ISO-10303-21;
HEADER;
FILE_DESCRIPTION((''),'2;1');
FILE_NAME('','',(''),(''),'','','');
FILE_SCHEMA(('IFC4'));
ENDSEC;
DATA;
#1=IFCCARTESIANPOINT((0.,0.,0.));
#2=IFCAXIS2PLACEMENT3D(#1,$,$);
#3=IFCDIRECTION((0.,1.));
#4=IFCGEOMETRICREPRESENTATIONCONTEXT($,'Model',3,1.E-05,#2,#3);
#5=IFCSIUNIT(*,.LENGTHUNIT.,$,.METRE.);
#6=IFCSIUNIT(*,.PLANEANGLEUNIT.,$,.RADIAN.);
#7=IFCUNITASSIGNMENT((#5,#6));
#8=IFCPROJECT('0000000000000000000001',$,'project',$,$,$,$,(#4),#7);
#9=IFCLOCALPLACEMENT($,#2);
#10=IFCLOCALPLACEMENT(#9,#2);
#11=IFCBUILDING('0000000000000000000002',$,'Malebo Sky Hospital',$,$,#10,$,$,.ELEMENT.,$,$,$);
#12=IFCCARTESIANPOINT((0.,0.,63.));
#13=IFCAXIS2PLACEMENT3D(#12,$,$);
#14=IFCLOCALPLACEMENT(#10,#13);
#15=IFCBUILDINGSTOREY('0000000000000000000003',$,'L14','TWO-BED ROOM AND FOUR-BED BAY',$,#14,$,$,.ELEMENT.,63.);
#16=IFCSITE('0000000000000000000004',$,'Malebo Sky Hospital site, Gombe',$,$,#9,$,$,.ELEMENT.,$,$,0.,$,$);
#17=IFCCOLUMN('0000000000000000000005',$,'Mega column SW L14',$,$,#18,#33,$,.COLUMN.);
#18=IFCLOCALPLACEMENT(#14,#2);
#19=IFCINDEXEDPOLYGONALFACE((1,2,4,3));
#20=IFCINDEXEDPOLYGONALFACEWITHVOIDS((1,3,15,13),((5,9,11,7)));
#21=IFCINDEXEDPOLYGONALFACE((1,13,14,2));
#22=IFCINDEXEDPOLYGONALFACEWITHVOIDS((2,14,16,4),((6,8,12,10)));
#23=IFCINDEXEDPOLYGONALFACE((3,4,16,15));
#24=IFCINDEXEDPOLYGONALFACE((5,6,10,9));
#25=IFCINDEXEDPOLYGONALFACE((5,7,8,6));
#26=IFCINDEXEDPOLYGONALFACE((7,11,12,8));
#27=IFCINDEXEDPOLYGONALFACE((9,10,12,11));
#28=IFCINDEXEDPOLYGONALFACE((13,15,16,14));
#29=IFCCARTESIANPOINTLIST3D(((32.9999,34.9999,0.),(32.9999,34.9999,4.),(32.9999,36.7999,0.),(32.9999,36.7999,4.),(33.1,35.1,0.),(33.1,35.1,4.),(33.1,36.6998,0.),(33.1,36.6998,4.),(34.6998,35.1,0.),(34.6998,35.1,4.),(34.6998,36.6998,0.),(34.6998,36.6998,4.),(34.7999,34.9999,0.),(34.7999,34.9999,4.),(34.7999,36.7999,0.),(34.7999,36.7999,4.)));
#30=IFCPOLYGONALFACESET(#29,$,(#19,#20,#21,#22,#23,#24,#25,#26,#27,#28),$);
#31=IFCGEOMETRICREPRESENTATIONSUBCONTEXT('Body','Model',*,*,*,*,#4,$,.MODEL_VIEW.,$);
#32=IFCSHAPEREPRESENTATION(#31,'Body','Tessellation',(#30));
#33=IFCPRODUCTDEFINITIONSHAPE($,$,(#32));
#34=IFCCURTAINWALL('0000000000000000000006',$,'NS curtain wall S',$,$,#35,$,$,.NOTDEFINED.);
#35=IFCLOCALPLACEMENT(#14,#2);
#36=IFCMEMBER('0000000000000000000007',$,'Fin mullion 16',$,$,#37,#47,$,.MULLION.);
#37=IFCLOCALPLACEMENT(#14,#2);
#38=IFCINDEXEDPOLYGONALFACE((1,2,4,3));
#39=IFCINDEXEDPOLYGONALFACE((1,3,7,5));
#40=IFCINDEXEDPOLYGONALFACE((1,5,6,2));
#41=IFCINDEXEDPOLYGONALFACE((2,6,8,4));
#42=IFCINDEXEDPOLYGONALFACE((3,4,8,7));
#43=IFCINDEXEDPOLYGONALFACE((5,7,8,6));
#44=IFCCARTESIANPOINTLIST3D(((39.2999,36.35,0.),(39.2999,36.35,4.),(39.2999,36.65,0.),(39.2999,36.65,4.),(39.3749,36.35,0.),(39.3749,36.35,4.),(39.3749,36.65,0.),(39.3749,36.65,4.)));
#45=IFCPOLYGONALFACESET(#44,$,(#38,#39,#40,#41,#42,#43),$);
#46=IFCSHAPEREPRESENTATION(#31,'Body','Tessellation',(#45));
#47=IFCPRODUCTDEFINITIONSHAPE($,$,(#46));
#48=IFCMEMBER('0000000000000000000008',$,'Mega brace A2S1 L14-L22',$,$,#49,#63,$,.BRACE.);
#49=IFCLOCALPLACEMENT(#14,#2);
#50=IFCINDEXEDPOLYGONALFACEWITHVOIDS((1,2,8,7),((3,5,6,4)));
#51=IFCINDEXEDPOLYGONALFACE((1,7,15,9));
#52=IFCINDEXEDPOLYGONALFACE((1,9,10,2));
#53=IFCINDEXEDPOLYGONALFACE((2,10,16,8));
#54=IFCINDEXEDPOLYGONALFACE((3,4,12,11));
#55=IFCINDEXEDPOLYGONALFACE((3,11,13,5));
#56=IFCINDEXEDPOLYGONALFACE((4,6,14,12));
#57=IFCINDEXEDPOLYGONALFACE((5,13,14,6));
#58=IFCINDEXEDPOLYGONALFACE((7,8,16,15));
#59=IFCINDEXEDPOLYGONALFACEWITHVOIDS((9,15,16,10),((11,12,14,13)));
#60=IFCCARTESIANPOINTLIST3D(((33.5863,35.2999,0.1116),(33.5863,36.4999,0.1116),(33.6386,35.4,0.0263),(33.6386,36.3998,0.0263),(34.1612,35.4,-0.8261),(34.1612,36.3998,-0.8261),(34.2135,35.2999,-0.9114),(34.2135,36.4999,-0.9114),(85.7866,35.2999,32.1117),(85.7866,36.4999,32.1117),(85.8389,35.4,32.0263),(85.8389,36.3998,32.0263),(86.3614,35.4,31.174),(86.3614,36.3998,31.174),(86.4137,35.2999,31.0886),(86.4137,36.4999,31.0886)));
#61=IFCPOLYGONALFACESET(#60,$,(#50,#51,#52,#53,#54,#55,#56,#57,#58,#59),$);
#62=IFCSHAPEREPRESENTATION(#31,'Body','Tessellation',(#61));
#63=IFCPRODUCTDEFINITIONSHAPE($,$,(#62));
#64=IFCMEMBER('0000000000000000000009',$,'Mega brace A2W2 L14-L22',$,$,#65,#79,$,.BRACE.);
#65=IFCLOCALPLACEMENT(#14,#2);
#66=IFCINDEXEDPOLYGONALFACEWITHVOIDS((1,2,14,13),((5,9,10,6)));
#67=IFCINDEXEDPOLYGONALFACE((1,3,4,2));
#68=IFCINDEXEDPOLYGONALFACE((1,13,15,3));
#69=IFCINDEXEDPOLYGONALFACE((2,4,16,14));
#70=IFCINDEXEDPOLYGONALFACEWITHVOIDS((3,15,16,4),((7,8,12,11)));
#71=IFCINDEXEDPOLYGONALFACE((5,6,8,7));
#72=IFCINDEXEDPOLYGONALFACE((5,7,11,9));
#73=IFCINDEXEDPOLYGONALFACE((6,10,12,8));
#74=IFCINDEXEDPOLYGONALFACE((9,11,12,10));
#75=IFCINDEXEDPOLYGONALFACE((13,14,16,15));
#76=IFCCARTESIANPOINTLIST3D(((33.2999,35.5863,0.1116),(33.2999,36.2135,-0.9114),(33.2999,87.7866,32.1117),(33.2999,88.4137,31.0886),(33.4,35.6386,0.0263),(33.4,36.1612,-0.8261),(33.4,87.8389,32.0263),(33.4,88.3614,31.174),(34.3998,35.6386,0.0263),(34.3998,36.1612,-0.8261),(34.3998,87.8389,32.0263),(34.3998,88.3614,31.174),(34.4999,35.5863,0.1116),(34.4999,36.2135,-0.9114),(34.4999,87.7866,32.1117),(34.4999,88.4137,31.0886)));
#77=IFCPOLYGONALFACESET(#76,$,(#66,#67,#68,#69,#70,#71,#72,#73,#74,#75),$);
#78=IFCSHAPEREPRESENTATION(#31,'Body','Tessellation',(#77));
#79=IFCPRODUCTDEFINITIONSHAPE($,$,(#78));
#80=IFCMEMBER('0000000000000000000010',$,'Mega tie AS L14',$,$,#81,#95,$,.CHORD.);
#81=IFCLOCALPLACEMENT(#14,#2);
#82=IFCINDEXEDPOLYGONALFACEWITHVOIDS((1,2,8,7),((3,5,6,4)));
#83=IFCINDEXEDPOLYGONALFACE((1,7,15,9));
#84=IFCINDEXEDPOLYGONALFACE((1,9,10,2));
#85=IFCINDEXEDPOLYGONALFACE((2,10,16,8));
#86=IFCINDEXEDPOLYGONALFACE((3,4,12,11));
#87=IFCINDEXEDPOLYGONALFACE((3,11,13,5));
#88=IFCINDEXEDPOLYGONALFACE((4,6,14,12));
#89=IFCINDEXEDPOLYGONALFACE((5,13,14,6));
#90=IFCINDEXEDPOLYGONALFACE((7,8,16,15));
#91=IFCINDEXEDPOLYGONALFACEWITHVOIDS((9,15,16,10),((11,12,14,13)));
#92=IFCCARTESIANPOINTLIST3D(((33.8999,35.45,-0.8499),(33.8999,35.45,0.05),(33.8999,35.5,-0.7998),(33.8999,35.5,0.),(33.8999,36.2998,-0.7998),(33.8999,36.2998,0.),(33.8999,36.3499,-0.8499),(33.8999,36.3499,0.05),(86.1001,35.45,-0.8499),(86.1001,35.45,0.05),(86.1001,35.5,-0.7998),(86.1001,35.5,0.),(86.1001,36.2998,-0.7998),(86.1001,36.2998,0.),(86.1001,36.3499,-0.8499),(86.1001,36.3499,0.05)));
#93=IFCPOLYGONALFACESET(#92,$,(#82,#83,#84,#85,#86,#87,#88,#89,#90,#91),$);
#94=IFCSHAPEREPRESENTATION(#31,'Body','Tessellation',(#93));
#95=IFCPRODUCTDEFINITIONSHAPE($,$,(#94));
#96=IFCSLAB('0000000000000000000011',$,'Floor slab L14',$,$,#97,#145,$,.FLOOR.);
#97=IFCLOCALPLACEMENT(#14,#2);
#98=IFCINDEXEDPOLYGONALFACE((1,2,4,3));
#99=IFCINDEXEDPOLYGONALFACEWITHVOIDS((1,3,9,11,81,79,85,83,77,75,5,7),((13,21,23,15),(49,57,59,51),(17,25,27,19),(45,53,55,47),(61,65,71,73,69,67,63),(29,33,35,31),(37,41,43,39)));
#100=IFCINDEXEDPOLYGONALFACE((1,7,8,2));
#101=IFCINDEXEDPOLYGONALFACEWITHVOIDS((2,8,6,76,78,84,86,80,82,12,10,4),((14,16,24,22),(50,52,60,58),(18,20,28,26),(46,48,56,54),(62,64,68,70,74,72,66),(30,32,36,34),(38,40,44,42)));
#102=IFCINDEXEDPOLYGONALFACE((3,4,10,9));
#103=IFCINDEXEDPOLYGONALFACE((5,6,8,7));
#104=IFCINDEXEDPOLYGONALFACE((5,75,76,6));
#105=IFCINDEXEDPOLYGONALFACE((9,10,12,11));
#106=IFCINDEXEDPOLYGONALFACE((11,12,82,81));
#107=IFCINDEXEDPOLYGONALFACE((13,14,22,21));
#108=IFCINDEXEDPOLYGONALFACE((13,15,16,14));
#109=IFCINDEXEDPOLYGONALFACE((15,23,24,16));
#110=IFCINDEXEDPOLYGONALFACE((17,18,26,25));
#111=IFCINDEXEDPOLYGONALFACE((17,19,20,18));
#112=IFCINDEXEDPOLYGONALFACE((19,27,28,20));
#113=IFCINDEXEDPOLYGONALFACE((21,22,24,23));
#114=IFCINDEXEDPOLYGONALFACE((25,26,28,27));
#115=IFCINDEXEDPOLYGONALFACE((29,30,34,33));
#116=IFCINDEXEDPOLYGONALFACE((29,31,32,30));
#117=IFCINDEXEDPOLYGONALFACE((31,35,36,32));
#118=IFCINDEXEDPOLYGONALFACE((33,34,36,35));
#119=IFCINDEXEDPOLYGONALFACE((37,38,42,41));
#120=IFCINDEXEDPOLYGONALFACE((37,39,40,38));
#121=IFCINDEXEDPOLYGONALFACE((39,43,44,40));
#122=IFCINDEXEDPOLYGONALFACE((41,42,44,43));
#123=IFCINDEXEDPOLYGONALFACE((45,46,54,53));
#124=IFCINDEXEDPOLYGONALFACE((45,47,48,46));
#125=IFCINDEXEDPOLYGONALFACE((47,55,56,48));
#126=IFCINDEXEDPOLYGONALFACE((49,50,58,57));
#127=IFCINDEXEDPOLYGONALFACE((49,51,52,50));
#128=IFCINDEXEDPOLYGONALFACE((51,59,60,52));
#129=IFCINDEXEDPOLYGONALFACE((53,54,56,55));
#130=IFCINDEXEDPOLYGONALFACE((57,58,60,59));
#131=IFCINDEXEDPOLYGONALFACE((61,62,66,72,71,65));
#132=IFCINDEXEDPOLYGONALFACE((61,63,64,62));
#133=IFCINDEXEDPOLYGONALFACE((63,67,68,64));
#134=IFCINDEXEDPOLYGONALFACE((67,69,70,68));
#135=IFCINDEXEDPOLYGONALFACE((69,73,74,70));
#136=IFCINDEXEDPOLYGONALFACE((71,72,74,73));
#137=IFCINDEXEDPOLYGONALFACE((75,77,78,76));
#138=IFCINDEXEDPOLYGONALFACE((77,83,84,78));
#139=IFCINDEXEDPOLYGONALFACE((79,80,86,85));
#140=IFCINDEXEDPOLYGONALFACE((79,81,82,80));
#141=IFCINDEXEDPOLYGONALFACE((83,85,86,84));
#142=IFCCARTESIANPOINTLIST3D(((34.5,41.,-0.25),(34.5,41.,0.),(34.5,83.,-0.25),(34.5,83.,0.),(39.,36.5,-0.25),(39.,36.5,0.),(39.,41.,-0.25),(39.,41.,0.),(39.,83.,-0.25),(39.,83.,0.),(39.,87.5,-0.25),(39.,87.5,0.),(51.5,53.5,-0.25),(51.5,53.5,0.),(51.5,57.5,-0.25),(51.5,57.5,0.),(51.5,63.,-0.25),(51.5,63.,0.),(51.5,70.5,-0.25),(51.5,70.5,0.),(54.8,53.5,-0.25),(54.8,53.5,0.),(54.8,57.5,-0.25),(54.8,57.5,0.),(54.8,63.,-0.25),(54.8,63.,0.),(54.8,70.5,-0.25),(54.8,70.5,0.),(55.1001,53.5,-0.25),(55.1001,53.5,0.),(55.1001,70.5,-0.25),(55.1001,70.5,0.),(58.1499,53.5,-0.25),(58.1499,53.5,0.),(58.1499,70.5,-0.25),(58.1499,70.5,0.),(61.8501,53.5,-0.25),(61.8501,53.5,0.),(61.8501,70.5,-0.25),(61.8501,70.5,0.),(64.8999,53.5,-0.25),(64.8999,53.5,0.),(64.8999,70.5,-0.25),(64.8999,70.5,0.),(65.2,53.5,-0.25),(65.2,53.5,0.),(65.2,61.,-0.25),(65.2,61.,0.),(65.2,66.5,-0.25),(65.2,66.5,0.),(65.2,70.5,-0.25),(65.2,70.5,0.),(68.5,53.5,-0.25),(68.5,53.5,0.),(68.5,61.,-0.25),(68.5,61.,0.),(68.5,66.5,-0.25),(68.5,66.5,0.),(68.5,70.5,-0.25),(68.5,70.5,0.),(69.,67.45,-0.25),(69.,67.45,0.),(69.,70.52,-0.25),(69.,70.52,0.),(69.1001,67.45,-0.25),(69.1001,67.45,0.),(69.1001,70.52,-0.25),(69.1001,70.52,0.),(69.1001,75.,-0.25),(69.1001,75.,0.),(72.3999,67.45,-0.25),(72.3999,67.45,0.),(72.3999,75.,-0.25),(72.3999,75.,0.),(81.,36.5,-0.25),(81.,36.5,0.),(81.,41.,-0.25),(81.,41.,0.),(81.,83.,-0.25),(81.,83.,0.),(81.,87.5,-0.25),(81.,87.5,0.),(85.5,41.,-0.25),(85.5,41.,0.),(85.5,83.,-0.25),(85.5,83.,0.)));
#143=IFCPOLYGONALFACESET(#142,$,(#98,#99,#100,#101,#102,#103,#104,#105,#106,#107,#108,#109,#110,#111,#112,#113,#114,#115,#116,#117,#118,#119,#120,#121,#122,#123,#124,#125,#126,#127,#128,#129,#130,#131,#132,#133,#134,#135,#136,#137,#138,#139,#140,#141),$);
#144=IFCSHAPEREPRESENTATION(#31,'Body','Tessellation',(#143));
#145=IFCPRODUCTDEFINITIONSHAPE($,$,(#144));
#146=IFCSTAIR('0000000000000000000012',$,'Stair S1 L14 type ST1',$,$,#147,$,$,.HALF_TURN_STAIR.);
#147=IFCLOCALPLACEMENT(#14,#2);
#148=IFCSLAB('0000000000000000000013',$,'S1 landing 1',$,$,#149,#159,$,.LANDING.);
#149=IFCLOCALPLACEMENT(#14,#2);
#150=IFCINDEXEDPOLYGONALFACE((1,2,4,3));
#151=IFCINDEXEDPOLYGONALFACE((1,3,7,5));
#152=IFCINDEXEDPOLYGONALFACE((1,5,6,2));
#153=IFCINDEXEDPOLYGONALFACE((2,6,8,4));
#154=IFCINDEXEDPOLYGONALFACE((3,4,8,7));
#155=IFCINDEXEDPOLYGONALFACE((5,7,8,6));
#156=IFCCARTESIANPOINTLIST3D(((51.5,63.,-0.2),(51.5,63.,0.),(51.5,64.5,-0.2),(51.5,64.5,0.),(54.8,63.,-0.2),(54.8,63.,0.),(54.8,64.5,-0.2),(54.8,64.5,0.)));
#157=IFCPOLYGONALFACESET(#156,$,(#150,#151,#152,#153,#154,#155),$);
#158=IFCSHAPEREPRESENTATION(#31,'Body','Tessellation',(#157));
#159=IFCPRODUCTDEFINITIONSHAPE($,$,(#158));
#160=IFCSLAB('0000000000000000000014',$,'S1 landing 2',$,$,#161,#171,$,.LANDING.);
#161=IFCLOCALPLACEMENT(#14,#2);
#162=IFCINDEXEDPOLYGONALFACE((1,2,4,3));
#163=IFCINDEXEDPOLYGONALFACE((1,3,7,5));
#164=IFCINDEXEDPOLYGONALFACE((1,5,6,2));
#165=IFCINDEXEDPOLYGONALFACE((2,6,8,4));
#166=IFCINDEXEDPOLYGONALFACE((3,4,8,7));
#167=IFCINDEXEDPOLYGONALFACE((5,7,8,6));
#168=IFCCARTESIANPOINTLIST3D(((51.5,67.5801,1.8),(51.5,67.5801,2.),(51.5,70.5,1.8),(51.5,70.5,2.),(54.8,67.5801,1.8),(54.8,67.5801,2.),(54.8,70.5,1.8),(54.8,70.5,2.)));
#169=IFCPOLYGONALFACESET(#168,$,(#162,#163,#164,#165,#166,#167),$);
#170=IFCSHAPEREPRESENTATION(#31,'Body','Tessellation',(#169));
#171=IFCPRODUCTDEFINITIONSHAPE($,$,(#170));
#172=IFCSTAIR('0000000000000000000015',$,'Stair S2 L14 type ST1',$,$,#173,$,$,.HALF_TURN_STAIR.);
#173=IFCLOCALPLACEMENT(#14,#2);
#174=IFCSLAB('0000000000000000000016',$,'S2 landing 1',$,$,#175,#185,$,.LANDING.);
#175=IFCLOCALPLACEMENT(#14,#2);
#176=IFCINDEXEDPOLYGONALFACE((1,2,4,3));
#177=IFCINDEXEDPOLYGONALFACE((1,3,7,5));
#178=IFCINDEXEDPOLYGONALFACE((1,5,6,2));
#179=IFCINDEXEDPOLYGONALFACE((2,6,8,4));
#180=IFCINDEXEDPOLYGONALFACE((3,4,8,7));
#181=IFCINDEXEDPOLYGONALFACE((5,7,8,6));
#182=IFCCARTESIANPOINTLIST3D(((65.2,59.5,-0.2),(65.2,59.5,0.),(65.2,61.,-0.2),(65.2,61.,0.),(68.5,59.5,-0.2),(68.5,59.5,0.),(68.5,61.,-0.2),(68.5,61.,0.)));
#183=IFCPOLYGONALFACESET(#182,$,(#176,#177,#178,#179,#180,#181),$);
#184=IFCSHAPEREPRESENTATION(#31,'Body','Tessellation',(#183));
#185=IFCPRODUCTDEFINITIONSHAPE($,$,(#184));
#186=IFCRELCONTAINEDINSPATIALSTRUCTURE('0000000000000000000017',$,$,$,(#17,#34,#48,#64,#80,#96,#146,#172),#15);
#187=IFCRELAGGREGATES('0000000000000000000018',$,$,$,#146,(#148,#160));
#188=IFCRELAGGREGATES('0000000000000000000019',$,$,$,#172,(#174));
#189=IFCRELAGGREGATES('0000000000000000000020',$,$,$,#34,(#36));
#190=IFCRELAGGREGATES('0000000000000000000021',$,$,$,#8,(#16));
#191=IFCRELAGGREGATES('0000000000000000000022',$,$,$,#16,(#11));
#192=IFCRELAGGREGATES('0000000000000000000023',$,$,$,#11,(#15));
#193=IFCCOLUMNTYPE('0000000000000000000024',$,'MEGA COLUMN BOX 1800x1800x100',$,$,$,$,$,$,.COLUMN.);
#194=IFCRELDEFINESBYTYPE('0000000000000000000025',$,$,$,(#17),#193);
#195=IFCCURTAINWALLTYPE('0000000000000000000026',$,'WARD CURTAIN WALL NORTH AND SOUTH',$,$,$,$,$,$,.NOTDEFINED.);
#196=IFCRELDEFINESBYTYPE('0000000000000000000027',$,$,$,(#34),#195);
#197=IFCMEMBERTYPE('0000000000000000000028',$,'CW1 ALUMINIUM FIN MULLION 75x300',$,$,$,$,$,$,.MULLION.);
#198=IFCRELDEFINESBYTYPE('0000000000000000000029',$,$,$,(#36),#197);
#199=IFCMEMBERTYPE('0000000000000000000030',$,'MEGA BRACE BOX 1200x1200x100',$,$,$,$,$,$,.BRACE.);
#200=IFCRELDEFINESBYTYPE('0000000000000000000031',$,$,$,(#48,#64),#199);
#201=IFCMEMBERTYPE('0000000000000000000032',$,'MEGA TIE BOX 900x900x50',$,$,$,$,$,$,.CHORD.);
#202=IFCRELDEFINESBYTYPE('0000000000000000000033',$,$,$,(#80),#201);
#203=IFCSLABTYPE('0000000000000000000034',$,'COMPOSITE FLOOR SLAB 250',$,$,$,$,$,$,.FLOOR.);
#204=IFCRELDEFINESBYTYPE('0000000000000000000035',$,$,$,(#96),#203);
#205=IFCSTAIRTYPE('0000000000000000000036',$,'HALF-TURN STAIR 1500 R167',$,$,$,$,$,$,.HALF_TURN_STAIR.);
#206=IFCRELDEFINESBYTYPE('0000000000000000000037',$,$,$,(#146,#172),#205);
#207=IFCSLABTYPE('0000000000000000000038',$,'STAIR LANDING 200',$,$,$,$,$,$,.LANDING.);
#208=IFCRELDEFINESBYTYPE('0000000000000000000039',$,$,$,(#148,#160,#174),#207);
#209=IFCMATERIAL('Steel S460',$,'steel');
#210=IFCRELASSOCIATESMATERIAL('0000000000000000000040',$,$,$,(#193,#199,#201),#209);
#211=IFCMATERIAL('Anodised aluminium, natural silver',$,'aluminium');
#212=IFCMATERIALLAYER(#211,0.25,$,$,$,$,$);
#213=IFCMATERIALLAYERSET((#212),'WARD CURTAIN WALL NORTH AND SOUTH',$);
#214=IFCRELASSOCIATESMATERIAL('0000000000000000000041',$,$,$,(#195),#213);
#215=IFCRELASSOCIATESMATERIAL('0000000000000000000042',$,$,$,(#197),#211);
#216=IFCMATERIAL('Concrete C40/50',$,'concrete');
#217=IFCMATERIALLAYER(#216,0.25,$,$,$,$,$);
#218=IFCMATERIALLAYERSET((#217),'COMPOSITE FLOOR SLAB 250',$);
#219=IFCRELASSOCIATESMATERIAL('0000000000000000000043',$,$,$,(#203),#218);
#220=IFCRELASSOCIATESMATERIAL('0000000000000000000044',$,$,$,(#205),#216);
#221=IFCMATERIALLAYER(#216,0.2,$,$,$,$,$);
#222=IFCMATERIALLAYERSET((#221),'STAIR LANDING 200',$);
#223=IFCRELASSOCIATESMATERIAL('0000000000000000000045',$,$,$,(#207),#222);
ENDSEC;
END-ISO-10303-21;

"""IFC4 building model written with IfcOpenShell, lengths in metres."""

from ifc_helpers import new_model, si_unit, direction, frame, origin, origin_2d, place, context, subcontext, project, spatial, polyline, rectangle, hollow_rectangle, outline, extrude, material, layer, layer_set, material_profile, profile_set, type_object, element, aggregate, save


model = new_model("IFC4")

# Units and contexts
model_context = context("Model", 3, precision=1e-05, world=origin(), true_north=direction((0.0, 1.0)))
body_context = subcontext(model_context, "Body", "Model", "MODEL_VIEW")
ifc_project = project(units=[si_unit("LENGTHUNIT", "METRE"), si_unit("PLANEANGLEUNIT", "RADIAN")], contexts=[model_context])

# Site, building, storey
site_placement = place(None, origin())
site = spatial("IfcSite", under=ifc_project, at=site_placement, Name="Malebo Sky Hospital site, Gombe", CompositionType="ELEMENT", RefElevation=0.0)
building_placement = place(site_placement, origin())
building = spatial("IfcBuilding", under=site, at=building_placement, Name="Malebo Sky Hospital", CompositionType="ELEMENT")
storey_placement = place(building_placement, frame((0.0, 0.0, 63.0)))
storey = spatial("IfcBuildingStorey", under=building, at=storey_placement, Name="L14", Description="TWO-BED ROOM AND FOUR-BED BAY", CompositionType="ELEMENT", Elevation=63.0)

# Column
ifc_material_1 = material(Name="Steel S460", Category="steel")
ifc_material_profile_1 = material_profile(ifc_material_1, hollow_rectangle(XDim=1.8, YDim=1.8, WallThickness=0.1001, at=origin_2d()), Name="BOX 1800x1800x100")
ifc_profile_set_1 = profile_set([ifc_material_profile_1], Name="Steel S460")
column_type = type_object("IfcColumnType", Name="MEGA COLUMN BOX 1800x1800x100", PredefinedType="COLUMN", material=ifc_profile_set_1)
column_placement = place(storey_placement, frame((33.8999, 35.8999, 0.0), z_axis=(0.0, 0.0, 1.0), x_axis=(1.0, 0.0, 0.0)))
element("IfcColumn", 1, at=column_placement, inside=storey, type_object=column_type, Name="Mega column SW L14", PredefinedType="COLUMN", context=body_context, shape_type="SweptSolid", body=[
    extrude(hollow_rectangle(XDim=1.8, YDim=1.8, WallThickness=0.1001, at=origin_2d()), origin(), (0.0, 0.0, 1.0), 4.0),
])

# Curtain wall, member
ifc_material_2 = material(Name="Anodised aluminium, natural silver", Category="aluminium")
ifc_layer_1 = layer(ifc_material_2, 0.25)
ifc_layer_set_1 = layer_set([ifc_layer_1], Name="WARD CURTAIN WALL NORTH AND SOUTH")
curtain_wall_type = type_object("IfcCurtainWallType", Name="WARD CURTAIN WALL NORTH AND SOUTH", PredefinedType="NOTDEFINED", material=ifc_layer_set_1)
curtain_wall_placement = place(storey_placement, origin())
curtain_wall = element("IfcCurtainWall", 2, at=curtain_wall_placement, inside=storey, type_object=curtain_wall_type, Name="NS curtain wall S", PredefinedType="NOTDEFINED")
ifc_material_profile_2 = material_profile(ifc_material_2, rectangle(XDim=0.075, YDim=0.3, at=origin_2d()), Name="CW1 ALUMINIUM FIN MULLION 75x300")
ifc_profile_set_2 = profile_set([ifc_material_profile_2], Name="Anodised aluminium, natural silver")
member_type_1 = type_object("IfcMemberType", Name="CW1 ALUMINIUM FIN MULLION 75x300", PredefinedType="MULLION", material=ifc_profile_set_2)
member_1_placement = place(storey_placement, frame((39.3374, 36.5, 0.0), z_axis=(0.0, 0.0, 1.0), x_axis=(-1.0, 0.0, 0.0)))
member_1 = element("IfcMember", 3, at=member_1_placement, type_object=member_type_1, Name="Fin mullion 16", PredefinedType="MULLION", context=body_context, shape_type="SweptSolid", body=[
    extrude(rectangle(XDim=0.075, YDim=0.3, at=origin_2d()), origin(), (0.0, 0.0, 1.0), 4.0),
])

# Members
ifc_material_profile_3 = material_profile(ifc_material_1, hollow_rectangle(XDim=1.2, YDim=1.2, WallThickness=0.1001, at=origin_2d()), Name="BOX 1200x1200x100")
ifc_profile_set_3 = profile_set([ifc_material_profile_3], Name="Steel S460")
member_type_2 = type_object("IfcMemberType", Name="MEGA BRACE BOX 1200x1200x100", PredefinedType="BRACE", material=ifc_profile_set_3)
for number, where, z_axis, x_axis, name in (
    (4, (33.8999, 35.8999, -0.3999), (0.852555, 0.0, 0.522637), (0.0, 1.0, 0.0), "Mega brace A2S1 L14-L22"),
    (5, (33.8999, 35.8999, -0.3999), (0.0, 0.852555, 0.522637), (-1.0, 0.0, 0.0), "Mega brace A2W2 L14-L22"),
):
    element("IfcMember", number, at=place(storey_placement, frame(where, z_axis=z_axis, x_axis=x_axis)), inside=storey, type_object=member_type_2, Name=name, PredefinedType="BRACE", context=body_context, shape_type="SweptSolid", body=[
        extrude(hollow_rectangle(XDim=1.2, YDim=1.2, WallThickness=0.1001, at=origin_2d()), origin(), (0.0, 0.0, 1.0), 61.228),
    ])
ifc_material_profile_4 = material_profile(ifc_material_1, hollow_rectangle(XDim=0.8999, YDim=0.8999, WallThickness=0.05, at=origin_2d()), Name="BOX 900x900x50")
ifc_profile_set_4 = profile_set([ifc_material_profile_4], Name="Steel S460")
member_type_3 = type_object("IfcMemberType", Name="MEGA TIE BOX 900x900x50", PredefinedType="CHORD", material=ifc_profile_set_4)
member_2_placement = place(storey_placement, frame((33.8999, 35.8999, -0.3999), z_axis=(1.0, 0.0, 0.0), x_axis=(0.0, 1.0, 0.0)))
element("IfcMember", 6, at=member_2_placement, inside=storey, type_object=member_type_3, Name="Mega tie AS L14", PredefinedType="CHORD", context=body_context, shape_type="SweptSolid", body=[
    extrude(hollow_rectangle(XDim=0.8999, YDim=0.8999, WallThickness=0.05, at=origin_2d()), origin(), (0.0, 0.0, 1.0), 52.2002),
])

# Slab
ifc_material_3 = material(Name="Concrete C40/50", Category="concrete")
ifc_layer_2 = layer(ifc_material_3, 0.25)
ifc_layer_set_2 = layer_set([ifc_layer_2], Name="COMPOSITE FLOOR SLAB 250")
slab_type_1 = type_object("IfcSlabType", Name="COMPOSITE FLOOR SLAB 250", PredefinedType="FLOOR", material=ifc_layer_set_2)
slab_1_placement = place(storey_placement, frame((0.0, 0.0, -0.25)))
element("IfcSlab", 7, at=slab_1_placement, inside=storey, type_object=slab_type_1, Name="Floor slab L14", PredefinedType="FLOOR", context=body_context, shape_type="SweptSolid", body=[
    extrude(outline(polyline([(39.0, 87.5), (39.0, 83.0), (34.5, 83.0), (34.5, 41.0), (39.0, 41.0), (39.0, 36.5), (81.0, 36.5), (81.0, 41.0), (85.5, 41.0), (85.5, 83.0), (81.0, 83.0), (81.0, 87.5), (39.0, 87.5)]), holes=[polyline([(55.1001, 70.5), (58.1499, 70.5), (58.1499, 53.5), (55.1001, 53.5), (55.1001, 70.5)]), polyline([(64.8999, 70.5), (64.8999, 53.5), (61.8501, 53.5), (61.8501, 70.5), (64.8999, 70.5)]), polyline([(54.8, 63.0), (51.5, 63.0), (51.5, 70.5), (54.8, 70.5), (54.8, 63.0)]), polyline([(51.5, 53.5), (51.5, 57.5), (54.8, 57.5), (54.8, 53.5), (51.5, 53.5)]), polyline([(65.2, 61.0), (68.5, 61.0), (68.5, 53.5), (65.2, 53.5), (65.2, 61.0)]), polyline([(68.5, 70.5), (68.5, 66.5), (65.2, 66.5), (65.2, 70.5), (68.5, 70.5)]), polyline([(69.0, 67.45), (69.0, 70.52), (69.1001, 70.52), (69.1001, 75.0), (72.3999, 75.0), (72.3999, 67.45), (69.1001, 67.45), (69.0, 67.45)])]), origin(), (0.0, 0.0, 1.0), 0.25),
])

# Stairs, slabs
stair_type_1 = type_object("IfcStairType", Name="HALF-TURN STAIR 1500 R167", PredefinedType="HALF_TURN_STAIR", material=ifc_material_3)
stair_1_placement = place(storey_placement, origin())
stair_1 = element("IfcStair", 8, at=stair_1_placement, inside=storey, type_object=stair_type_1, Name="Stair S1 L14 type ST1", PredefinedType="HALF_TURN_STAIR")
ifc_layer_3 = layer(ifc_material_3, 0.2)
ifc_layer_set_3 = layer_set([ifc_layer_3], Name="STAIR LANDING 200")
slab_type_2 = type_object("IfcSlabType", Name="STAIR LANDING 200", PredefinedType="LANDING", material=ifc_layer_set_3)
slab_2_placement = place(storey_placement, frame((0.0, 0.0, -0.2)))
slab_2 = element("IfcSlab", 9, at=slab_2_placement, type_object=slab_type_2, Name="S1 landing 1", PredefinedType="LANDING", context=body_context, shape_type="SweptSolid", body=[
    extrude(outline(polyline([(51.5, 63.0), (54.8, 63.0), (54.8, 64.5), (51.5, 64.5), (51.5, 63.0)])), origin(), (0.0, 0.0, 1.0), 0.2),
])
slab_3_placement = place(storey_placement, frame((0.0, 0.0, 1.8)))
slab_3 = element("IfcSlab", 10, at=slab_3_placement, type_object=slab_type_2, Name="S1 landing 2", PredefinedType="LANDING", context=body_context, shape_type="SweptSolid", body=[
    extrude(outline(polyline([(51.5, 67.5801), (54.8, 67.5801), (54.8, 70.5), (51.5, 70.5), (51.5, 67.5801)])), origin(), (0.0, 0.0, 1.0), 0.2),
])
aggregate(stair_1, [slab_2, slab_3])
stair_2_placement = place(storey_placement, origin())
stair_2 = element("IfcStair", 11, at=stair_2_placement, inside=storey, type_object=stair_type_1, Name="Stair S2 L14 type ST1", PredefinedType="HALF_TURN_STAIR")
slab_4_placement = place(storey_placement, frame((0.0, 0.0, -0.2)))
slab_4 = element("IfcSlab", 12, at=slab_4_placement, type_object=slab_type_2, Name="S2 landing 1", PredefinedType="LANDING", context=body_context, shape_type="SweptSolid", body=[
    extrude(outline(polyline([(65.2, 59.5), (68.5, 59.5), (68.5, 61.0), (65.2, 61.0), (65.2, 59.5)])), origin(), (0.0, 0.0, 1.0), 0.2),
])
aggregate(stair_2, [slab_4])

aggregate(curtain_wall, [member_1])

save(model, "model.ifc")
